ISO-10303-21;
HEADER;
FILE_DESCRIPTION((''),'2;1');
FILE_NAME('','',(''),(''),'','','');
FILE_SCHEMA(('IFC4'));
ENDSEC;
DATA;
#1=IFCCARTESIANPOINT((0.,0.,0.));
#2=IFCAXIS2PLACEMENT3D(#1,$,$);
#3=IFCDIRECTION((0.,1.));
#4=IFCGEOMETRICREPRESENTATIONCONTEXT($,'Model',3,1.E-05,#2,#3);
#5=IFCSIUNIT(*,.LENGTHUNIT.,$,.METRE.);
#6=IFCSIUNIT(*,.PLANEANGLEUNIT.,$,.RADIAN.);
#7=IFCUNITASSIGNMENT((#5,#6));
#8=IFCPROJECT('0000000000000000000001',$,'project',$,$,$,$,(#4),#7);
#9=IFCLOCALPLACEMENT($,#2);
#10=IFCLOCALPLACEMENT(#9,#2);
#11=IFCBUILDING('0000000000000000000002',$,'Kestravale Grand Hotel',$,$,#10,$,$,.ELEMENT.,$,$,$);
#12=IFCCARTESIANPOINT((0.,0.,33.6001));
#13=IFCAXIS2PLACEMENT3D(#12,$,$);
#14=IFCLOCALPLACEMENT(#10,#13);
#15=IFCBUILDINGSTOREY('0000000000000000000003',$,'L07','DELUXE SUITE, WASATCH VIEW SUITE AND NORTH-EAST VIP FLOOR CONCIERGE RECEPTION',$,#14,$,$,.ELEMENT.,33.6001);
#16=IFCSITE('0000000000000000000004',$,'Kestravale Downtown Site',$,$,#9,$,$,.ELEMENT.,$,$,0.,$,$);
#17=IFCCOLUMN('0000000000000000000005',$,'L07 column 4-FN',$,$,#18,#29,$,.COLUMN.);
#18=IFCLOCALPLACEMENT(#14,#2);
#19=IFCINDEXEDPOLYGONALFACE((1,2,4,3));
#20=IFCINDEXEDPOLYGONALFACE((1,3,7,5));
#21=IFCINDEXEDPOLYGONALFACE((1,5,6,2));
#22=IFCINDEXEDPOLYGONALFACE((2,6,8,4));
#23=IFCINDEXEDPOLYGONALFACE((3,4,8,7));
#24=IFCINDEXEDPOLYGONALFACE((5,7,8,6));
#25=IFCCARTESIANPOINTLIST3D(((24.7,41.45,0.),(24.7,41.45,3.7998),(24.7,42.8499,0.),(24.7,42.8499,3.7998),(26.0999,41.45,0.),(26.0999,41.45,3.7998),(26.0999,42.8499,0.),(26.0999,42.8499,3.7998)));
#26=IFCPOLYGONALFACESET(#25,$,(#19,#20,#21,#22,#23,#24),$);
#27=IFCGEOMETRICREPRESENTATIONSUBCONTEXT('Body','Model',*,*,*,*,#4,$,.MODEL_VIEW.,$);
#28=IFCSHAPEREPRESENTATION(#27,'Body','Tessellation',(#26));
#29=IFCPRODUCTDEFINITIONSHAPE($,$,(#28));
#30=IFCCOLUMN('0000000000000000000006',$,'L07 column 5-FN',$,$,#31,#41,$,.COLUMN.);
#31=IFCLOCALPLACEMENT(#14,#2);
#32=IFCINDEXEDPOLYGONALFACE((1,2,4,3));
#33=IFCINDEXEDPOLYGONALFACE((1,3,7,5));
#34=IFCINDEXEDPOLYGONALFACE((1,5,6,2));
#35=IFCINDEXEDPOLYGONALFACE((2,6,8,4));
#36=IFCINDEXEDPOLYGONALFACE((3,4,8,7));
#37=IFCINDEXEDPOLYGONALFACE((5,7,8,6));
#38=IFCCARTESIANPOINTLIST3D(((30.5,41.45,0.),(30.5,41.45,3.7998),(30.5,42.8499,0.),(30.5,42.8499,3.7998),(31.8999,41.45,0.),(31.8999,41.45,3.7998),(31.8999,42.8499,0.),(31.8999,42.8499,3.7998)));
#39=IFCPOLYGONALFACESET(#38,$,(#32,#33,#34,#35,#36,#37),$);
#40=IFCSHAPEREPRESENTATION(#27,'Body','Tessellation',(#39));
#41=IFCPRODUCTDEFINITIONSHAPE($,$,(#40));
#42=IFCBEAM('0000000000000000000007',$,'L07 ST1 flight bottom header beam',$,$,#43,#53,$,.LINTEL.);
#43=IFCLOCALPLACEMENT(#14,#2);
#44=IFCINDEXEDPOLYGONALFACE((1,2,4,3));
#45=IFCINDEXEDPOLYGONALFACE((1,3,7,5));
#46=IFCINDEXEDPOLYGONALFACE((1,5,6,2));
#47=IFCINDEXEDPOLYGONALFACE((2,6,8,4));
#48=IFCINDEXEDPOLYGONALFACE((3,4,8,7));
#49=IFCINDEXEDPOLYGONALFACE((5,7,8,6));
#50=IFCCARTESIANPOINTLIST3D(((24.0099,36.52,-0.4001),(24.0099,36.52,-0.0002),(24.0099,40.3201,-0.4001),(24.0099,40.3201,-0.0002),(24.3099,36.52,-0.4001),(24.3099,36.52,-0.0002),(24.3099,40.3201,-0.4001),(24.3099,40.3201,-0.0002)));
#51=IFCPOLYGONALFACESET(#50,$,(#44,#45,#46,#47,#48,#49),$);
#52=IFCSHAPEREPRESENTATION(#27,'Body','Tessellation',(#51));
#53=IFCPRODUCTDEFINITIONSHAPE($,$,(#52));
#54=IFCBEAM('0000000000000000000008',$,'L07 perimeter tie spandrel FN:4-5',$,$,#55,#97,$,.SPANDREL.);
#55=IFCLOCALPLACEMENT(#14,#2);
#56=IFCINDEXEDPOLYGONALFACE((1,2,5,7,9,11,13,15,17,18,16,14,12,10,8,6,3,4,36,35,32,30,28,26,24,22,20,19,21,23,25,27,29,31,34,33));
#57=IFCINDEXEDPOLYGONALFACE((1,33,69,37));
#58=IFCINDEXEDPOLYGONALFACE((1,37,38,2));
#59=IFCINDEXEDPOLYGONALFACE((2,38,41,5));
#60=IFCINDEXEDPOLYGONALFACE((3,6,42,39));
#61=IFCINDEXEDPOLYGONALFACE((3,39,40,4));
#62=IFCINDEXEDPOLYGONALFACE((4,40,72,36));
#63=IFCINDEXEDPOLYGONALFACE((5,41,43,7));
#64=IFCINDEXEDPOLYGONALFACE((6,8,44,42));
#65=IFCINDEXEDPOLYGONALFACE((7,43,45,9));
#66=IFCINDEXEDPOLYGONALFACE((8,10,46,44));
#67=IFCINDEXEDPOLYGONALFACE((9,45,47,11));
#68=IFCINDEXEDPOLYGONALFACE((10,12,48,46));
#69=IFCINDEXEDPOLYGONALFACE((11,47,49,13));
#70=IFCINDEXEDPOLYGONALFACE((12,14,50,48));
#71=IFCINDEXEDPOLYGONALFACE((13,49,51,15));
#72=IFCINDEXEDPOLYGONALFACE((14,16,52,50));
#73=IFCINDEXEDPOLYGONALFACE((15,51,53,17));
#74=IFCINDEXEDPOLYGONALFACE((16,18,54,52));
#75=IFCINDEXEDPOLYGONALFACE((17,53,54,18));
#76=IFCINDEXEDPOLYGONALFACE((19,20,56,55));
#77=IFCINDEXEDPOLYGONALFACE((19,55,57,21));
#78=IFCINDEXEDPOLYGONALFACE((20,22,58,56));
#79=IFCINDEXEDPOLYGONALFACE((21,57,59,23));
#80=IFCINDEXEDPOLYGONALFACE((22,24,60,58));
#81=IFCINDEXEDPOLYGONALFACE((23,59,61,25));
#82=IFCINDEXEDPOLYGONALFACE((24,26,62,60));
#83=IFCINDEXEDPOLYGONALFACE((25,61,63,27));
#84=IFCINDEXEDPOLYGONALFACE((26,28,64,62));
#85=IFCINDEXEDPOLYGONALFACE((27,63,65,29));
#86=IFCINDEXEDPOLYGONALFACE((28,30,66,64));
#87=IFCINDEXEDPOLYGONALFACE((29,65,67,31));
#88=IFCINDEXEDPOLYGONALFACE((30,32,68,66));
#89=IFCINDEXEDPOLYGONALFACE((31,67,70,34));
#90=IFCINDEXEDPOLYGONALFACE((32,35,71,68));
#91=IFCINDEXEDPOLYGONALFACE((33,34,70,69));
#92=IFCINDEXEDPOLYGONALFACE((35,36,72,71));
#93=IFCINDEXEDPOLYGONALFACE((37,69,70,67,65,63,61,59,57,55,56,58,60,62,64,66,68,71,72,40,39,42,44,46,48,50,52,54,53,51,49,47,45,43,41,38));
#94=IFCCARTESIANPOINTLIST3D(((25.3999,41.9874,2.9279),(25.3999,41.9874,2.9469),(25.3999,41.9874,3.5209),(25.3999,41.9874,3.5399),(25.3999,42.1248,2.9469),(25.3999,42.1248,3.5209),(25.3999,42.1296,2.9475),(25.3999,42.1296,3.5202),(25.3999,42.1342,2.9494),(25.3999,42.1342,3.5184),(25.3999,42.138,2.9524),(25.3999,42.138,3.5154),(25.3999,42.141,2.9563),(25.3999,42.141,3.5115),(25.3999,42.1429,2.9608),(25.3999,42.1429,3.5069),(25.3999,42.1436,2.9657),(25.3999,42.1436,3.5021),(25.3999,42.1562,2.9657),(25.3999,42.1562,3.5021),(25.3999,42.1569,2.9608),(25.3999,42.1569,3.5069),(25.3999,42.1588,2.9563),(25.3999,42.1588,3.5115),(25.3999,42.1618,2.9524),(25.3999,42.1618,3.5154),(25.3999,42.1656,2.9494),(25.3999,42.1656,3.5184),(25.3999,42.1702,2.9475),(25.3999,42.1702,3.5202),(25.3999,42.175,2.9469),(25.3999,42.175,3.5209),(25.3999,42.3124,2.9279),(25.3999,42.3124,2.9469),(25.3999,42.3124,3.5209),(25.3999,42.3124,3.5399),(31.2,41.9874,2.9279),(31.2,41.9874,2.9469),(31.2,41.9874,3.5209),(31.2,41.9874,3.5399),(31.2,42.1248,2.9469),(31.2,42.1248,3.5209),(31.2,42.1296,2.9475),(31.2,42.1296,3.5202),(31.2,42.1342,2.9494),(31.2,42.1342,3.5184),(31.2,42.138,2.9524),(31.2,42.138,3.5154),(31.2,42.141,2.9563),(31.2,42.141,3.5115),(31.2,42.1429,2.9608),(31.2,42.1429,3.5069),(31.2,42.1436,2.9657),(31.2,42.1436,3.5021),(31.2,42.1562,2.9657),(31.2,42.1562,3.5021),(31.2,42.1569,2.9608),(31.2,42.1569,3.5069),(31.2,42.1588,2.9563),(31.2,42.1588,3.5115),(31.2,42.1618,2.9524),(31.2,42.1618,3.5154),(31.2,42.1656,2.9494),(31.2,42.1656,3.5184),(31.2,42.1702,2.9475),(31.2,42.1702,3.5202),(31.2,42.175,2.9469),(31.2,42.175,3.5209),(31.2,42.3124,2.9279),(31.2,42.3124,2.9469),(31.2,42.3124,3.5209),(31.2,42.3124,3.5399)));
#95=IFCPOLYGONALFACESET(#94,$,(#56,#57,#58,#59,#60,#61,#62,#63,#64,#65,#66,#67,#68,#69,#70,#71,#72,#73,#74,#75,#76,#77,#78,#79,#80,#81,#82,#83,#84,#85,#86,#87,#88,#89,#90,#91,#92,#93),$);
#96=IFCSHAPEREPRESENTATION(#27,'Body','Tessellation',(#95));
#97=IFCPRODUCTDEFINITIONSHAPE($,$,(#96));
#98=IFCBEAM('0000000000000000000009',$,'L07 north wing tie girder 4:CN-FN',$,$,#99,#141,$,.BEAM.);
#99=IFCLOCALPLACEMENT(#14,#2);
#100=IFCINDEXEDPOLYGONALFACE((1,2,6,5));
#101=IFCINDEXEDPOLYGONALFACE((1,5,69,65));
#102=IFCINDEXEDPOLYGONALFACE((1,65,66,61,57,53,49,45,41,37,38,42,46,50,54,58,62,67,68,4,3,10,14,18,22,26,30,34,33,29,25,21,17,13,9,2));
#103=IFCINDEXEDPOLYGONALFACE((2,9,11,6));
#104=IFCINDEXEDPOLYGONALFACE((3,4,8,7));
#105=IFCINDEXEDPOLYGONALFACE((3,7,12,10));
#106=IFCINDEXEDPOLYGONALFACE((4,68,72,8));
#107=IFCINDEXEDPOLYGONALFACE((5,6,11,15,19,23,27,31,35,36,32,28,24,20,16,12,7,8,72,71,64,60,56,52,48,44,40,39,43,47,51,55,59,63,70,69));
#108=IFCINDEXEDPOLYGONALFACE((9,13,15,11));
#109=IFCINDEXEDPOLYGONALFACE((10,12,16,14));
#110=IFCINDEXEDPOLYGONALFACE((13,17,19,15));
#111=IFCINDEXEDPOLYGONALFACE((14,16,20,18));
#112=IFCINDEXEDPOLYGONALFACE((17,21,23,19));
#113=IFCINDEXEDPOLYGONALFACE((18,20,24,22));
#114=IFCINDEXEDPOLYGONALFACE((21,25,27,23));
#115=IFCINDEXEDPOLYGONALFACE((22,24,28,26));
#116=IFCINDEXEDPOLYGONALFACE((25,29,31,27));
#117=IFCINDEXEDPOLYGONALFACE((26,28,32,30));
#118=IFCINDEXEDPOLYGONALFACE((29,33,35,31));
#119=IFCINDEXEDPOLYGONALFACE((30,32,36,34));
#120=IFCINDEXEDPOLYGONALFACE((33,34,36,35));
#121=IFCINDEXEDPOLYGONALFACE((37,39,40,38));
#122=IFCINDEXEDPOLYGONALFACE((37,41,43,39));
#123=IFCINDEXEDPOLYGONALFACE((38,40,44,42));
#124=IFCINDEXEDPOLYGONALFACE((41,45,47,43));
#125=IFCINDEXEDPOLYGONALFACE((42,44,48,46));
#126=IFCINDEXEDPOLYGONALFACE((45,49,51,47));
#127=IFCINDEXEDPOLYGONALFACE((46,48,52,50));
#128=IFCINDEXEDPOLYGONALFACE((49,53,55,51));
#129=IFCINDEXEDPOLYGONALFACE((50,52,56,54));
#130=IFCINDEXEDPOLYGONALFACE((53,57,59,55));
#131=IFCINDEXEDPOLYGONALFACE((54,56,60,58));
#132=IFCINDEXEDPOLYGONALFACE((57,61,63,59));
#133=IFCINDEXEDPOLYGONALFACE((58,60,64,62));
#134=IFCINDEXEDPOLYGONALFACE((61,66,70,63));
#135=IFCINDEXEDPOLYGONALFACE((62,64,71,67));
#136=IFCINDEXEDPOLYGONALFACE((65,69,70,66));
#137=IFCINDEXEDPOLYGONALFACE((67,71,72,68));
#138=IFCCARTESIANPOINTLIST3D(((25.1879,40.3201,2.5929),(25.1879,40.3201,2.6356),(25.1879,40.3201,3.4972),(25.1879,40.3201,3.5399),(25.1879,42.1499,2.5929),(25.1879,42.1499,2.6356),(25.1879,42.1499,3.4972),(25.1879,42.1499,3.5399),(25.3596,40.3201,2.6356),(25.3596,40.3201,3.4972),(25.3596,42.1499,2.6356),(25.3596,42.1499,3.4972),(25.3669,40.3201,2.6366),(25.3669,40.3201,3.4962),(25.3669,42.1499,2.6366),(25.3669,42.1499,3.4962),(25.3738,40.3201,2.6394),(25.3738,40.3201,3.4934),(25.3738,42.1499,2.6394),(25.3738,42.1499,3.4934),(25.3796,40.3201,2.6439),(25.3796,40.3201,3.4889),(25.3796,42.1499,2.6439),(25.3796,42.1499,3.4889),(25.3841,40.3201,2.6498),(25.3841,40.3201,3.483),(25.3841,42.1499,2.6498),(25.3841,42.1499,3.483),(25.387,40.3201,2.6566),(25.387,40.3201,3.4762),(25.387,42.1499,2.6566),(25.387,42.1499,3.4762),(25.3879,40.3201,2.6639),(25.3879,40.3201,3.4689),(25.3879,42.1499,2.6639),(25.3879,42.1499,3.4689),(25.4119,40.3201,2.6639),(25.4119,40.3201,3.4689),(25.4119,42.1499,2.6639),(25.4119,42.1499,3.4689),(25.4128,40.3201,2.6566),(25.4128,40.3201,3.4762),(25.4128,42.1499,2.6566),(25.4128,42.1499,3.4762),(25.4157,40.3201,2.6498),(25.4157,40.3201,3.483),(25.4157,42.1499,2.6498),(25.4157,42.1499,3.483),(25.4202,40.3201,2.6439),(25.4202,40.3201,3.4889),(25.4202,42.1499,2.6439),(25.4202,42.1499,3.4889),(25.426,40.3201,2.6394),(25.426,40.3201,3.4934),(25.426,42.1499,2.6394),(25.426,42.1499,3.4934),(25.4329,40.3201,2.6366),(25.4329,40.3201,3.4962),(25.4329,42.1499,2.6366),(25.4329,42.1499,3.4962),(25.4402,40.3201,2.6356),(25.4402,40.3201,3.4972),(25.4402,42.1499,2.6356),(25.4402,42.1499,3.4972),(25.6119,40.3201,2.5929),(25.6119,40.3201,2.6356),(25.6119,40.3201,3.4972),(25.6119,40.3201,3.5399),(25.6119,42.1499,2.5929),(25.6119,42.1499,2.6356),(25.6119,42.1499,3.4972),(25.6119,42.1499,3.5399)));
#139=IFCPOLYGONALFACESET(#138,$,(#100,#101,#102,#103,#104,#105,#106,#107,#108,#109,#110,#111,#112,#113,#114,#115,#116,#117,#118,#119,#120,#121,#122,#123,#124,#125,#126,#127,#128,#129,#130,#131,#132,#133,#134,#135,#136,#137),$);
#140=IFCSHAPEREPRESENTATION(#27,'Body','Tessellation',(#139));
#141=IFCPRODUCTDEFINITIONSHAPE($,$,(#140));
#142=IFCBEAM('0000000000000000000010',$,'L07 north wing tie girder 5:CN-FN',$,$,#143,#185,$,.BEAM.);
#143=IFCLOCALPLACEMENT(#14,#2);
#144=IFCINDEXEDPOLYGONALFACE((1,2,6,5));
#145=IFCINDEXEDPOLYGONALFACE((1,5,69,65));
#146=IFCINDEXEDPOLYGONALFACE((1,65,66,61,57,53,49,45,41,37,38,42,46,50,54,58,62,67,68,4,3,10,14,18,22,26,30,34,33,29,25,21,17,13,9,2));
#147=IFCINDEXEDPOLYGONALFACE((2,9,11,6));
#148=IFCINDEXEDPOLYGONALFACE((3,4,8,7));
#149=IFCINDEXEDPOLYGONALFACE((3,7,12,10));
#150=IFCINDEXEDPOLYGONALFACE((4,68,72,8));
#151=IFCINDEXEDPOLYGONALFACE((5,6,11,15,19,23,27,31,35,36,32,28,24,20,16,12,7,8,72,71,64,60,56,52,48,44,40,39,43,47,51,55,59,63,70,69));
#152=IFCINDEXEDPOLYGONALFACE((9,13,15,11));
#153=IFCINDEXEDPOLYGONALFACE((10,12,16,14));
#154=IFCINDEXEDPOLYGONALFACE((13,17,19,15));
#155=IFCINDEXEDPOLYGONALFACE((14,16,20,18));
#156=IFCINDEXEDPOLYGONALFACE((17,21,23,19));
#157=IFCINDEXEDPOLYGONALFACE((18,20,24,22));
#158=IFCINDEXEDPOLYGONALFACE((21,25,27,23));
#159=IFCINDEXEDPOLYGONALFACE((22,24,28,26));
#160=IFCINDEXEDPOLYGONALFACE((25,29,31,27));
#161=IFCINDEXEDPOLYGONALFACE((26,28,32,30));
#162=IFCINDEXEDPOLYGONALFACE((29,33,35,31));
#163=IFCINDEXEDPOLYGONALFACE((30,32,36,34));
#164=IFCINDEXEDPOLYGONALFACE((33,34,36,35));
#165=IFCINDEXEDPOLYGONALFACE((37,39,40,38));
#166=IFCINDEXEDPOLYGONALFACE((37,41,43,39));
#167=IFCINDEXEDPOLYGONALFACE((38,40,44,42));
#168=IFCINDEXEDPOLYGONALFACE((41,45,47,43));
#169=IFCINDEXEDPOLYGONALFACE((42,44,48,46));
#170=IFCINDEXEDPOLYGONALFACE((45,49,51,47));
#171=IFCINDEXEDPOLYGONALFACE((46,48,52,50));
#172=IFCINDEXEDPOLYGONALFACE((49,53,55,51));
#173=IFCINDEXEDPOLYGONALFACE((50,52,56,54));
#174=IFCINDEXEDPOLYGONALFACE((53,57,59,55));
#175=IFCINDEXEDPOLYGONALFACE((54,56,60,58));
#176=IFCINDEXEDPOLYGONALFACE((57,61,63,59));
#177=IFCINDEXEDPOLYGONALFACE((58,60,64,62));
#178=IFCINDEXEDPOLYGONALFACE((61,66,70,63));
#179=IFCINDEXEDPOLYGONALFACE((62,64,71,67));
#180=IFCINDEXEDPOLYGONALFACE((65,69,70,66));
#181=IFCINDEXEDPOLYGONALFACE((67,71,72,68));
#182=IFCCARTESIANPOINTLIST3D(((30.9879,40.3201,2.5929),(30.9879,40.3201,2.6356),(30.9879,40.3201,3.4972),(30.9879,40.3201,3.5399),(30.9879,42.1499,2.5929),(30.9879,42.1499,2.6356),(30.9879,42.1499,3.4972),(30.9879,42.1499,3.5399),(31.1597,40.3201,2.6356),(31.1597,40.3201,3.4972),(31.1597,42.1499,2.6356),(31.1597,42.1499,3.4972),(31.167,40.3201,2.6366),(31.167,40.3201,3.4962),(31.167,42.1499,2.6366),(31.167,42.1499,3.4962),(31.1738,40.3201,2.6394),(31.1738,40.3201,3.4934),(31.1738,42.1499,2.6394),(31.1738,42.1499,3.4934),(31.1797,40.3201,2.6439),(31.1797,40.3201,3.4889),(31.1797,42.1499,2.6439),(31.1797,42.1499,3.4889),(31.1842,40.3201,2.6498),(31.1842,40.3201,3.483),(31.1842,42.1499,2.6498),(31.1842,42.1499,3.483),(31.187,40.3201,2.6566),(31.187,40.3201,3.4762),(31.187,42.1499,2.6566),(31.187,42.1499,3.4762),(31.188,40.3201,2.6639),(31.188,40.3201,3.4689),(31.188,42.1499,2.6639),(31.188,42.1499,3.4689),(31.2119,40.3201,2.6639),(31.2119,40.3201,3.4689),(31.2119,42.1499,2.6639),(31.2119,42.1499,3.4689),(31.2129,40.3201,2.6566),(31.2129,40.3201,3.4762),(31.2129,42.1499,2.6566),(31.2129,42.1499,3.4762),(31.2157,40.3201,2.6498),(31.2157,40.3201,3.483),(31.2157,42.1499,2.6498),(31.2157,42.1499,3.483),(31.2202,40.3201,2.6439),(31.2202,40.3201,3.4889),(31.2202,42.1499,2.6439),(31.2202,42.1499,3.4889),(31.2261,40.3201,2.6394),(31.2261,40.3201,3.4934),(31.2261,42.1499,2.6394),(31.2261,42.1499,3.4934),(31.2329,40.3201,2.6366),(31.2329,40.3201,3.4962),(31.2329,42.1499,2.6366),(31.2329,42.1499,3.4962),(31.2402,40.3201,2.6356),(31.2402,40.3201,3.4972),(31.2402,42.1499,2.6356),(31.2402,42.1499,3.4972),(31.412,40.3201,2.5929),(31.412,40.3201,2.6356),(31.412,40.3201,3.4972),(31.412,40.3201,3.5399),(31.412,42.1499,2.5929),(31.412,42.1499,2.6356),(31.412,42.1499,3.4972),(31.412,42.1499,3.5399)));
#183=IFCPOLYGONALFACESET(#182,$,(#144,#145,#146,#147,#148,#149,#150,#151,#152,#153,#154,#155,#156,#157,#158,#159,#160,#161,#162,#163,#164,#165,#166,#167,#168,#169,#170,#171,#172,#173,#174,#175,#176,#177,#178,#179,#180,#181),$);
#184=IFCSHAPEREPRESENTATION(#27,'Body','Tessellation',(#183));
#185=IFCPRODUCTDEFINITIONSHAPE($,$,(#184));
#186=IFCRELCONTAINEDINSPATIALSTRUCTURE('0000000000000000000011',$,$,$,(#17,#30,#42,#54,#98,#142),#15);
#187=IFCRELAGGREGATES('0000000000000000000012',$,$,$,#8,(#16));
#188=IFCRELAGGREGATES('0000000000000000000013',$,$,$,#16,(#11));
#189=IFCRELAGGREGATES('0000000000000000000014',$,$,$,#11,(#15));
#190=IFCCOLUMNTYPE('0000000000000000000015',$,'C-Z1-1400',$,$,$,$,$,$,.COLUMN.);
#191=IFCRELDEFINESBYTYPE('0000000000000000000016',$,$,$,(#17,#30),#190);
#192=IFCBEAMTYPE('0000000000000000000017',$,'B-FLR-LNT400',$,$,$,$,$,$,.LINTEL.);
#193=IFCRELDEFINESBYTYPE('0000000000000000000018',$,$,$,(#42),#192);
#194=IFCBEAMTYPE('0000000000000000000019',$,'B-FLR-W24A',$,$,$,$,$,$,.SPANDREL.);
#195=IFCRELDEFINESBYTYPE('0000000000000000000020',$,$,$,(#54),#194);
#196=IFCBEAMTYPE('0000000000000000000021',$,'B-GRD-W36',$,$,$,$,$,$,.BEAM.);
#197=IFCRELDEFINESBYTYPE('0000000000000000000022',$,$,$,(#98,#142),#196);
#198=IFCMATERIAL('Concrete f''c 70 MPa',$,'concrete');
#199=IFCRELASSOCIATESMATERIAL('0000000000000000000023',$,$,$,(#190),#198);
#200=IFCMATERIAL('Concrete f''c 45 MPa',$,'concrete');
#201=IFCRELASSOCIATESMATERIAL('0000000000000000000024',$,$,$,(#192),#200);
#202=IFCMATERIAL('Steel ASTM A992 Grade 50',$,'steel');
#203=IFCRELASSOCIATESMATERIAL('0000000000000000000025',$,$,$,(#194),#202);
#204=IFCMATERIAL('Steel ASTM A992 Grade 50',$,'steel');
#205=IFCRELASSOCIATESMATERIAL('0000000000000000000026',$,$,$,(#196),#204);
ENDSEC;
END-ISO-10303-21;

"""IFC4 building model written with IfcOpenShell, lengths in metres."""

from ifc_helpers import new_model, si_unit, direction, frame, origin, origin_2d, place, context, subcontext, project, spatial, rectangle, i_section, extrude, material, material_profile, profile_set, type_object, element, save


model = new_model("IFC4")

# Units and contexts
model_context = context("Model", 3, precision=1e-05, world=origin(), true_north=direction((0.0, 1.0)))
body_context = subcontext(model_context, "Body", "Model", "MODEL_VIEW")
ifc_project = project(units=[si_unit("LENGTHUNIT", "METRE"), si_unit("PLANEANGLEUNIT", "RADIAN")], contexts=[model_context])

# Site, building, storey
site_placement = place(None, origin())
site = spatial("IfcSite", under=ifc_project, at=site_placement, Name="Kestravale Downtown Site", CompositionType="ELEMENT", RefElevation=0.0)
building_placement = place(site_placement, origin())
building = spatial("IfcBuilding", under=site, at=building_placement, Name="Kestravale Grand Hotel", CompositionType="ELEMENT")
storey_placement = place(building_placement, frame((0.0, 0.0, 33.6001)))
storey = spatial("IfcBuildingStorey", under=building, at=storey_placement, Name="L07", Description="DELUXE SUITE, WASATCH VIEW SUITE AND NORTH-EAST VIP FLOOR CONCIERGE RECEPTION", CompositionType="ELEMENT", Elevation=33.6001)

# Columns
ifc_material_1 = material(Name="Concrete f'c 70 MPa", Category="concrete")
ifc_material_profile_1 = material_profile(ifc_material_1, rectangle(XDim=1.3999, YDim=1.3999, at=origin_2d()))
ifc_profile_set_1 = profile_set([ifc_material_profile_1], Name="Concrete f'c 70 MPa")
column_type = type_object("IfcColumnType", Name="C-Z1-1400", PredefinedType="COLUMN", material=ifc_profile_set_1)
for number, where, z_axis, x_axis, name in (
    (1, (25.3999, 42.1499, 0.0), (0.0, 0.0, 1.0), (1.0, 0.0, 0.0), "L07 column 4-FN"),
    (2, (31.2, 42.1499, 0.0), (0.0, 0.0, 1.0), (1.0, 0.0, 0.0), "L07 column 5-FN"),
):
    element("IfcColumn", number, at=place(storey_placement, frame(where, z_axis=z_axis, x_axis=x_axis)), inside=storey, type_object=column_type, Name=name, PredefinedType="COLUMN", context=body_context, shape_type="SweptSolid", body=[
        extrude(rectangle(XDim=1.3999, YDim=1.3999, at=origin_2d()), origin(), (0.0, 0.0, 1.0), 3.7998),
    ])

# Beams
ifc_material_2 = material(Name="Concrete f'c 45 MPa", Category="concrete")
ifc_material_profile_2 = material_profile(ifc_material_2, rectangle(XDim=0.3, YDim=0.3999, at=origin_2d()))
ifc_profile_set_2 = profile_set([ifc_material_profile_2], Name="Concrete f'c 45 MPa")
beam_type_1 = type_object("IfcBeamType", Name="B-FLR-LNT400", PredefinedType="LINTEL", material=ifc_profile_set_2)
beam_1_placement = place(storey_placement, frame((24.1599, 36.52, -0.2002), z_axis=(0.0, 1.0, 0.0), x_axis=(-1.0, 0.0, 0.0)))
element("IfcBeam", 3, at=beam_1_placement, inside=storey, type_object=beam_type_1, Name="L07 ST1 flight bottom header beam", PredefinedType="LINTEL", context=body_context, shape_type="SweptSolid", body=[
    extrude(rectangle(XDim=0.3, YDim=0.3999, at=origin_2d()), origin(), (0.0, 0.0, 1.0), 3.8),
])
ifc_material_3 = material(Name="Steel ASTM A992 Grade 50", Category="steel")
ifc_material_profile_3 = material_profile(ifc_material_3, i_section(OverallWidth=0.325, OverallDepth=0.6121, WebThickness=0.0127, FlangeThickness=0.019, FilletRadius=0.0188, at=origin_2d()))
ifc_profile_set_3 = profile_set([ifc_material_profile_3], Name="Steel ASTM A992 Grade 50")
beam_type_2 = type_object("IfcBeamType", Name="B-FLR-W24A", PredefinedType="SPANDREL", material=ifc_profile_set_3)
beam_2_placement = place(storey_placement, frame((25.3999, 42.1499, 3.2339), z_axis=(1.0, 0.0, 0.0), x_axis=(0.0, 1.0, 0.0)))
element("IfcBeam", 4, at=beam_2_placement, inside=storey, type_object=beam_type_2, Name="L07 perimeter tie spandrel FN:4-5", PredefinedType="SPANDREL", context=body_context, shape_type="SweptSolid", body=[
    extrude(i_section(OverallWidth=0.325, OverallDepth=0.6121, WebThickness=0.0127, FlangeThickness=0.019, FilletRadius=0.0188, at=origin_2d()), origin(), (0.0, 0.0, 1.0), 5.8),
])
ifc_material_4 = material(Name="Steel ASTM A992 Grade 50", Category="steel")
ifc_material_profile_4 = material_profile(ifc_material_4, i_section(OverallWidth=0.4241, OverallDepth=0.947, WebThickness=0.0239, FlangeThickness=0.0427, FilletRadius=0.0283, at=origin_2d()))
ifc_profile_set_4 = profile_set([ifc_material_profile_4], Name="Steel ASTM A992 Grade 50")
beam_type_3 = type_object("IfcBeamType", Name="B-GRD-W36", PredefinedType="BEAM", material=ifc_profile_set_4)
for number, where, z_axis, x_axis, name in (
    (5, (25.3999, 40.3201, 3.0664), (0.0, 1.0, 0.0), (-1.0, 0.0, 0.0), "L07 north wing tie girder 4:CN-FN"),
    (6, (31.2, 40.3201, 3.0664), (0.0, 1.0, 0.0), (-1.0, 0.0, 0.0), "L07 north wing tie girder 5:CN-FN"),
):
    element("IfcBeam", number, at=place(storey_placement, frame(where, z_axis=z_axis, x_axis=x_axis)), inside=storey, type_object=beam_type_3, Name=name, PredefinedType="BEAM", context=body_context, shape_type="SweptSolid", body=[
        extrude(i_section(OverallWidth=0.4241, OverallDepth=0.947, WebThickness=0.0239, FlangeThickness=0.0427, FilletRadius=0.0283, at=origin_2d()), origin(), (0.0, 0.0, 1.0), 1.8298),
    ])

save(model, "model.ifc")
